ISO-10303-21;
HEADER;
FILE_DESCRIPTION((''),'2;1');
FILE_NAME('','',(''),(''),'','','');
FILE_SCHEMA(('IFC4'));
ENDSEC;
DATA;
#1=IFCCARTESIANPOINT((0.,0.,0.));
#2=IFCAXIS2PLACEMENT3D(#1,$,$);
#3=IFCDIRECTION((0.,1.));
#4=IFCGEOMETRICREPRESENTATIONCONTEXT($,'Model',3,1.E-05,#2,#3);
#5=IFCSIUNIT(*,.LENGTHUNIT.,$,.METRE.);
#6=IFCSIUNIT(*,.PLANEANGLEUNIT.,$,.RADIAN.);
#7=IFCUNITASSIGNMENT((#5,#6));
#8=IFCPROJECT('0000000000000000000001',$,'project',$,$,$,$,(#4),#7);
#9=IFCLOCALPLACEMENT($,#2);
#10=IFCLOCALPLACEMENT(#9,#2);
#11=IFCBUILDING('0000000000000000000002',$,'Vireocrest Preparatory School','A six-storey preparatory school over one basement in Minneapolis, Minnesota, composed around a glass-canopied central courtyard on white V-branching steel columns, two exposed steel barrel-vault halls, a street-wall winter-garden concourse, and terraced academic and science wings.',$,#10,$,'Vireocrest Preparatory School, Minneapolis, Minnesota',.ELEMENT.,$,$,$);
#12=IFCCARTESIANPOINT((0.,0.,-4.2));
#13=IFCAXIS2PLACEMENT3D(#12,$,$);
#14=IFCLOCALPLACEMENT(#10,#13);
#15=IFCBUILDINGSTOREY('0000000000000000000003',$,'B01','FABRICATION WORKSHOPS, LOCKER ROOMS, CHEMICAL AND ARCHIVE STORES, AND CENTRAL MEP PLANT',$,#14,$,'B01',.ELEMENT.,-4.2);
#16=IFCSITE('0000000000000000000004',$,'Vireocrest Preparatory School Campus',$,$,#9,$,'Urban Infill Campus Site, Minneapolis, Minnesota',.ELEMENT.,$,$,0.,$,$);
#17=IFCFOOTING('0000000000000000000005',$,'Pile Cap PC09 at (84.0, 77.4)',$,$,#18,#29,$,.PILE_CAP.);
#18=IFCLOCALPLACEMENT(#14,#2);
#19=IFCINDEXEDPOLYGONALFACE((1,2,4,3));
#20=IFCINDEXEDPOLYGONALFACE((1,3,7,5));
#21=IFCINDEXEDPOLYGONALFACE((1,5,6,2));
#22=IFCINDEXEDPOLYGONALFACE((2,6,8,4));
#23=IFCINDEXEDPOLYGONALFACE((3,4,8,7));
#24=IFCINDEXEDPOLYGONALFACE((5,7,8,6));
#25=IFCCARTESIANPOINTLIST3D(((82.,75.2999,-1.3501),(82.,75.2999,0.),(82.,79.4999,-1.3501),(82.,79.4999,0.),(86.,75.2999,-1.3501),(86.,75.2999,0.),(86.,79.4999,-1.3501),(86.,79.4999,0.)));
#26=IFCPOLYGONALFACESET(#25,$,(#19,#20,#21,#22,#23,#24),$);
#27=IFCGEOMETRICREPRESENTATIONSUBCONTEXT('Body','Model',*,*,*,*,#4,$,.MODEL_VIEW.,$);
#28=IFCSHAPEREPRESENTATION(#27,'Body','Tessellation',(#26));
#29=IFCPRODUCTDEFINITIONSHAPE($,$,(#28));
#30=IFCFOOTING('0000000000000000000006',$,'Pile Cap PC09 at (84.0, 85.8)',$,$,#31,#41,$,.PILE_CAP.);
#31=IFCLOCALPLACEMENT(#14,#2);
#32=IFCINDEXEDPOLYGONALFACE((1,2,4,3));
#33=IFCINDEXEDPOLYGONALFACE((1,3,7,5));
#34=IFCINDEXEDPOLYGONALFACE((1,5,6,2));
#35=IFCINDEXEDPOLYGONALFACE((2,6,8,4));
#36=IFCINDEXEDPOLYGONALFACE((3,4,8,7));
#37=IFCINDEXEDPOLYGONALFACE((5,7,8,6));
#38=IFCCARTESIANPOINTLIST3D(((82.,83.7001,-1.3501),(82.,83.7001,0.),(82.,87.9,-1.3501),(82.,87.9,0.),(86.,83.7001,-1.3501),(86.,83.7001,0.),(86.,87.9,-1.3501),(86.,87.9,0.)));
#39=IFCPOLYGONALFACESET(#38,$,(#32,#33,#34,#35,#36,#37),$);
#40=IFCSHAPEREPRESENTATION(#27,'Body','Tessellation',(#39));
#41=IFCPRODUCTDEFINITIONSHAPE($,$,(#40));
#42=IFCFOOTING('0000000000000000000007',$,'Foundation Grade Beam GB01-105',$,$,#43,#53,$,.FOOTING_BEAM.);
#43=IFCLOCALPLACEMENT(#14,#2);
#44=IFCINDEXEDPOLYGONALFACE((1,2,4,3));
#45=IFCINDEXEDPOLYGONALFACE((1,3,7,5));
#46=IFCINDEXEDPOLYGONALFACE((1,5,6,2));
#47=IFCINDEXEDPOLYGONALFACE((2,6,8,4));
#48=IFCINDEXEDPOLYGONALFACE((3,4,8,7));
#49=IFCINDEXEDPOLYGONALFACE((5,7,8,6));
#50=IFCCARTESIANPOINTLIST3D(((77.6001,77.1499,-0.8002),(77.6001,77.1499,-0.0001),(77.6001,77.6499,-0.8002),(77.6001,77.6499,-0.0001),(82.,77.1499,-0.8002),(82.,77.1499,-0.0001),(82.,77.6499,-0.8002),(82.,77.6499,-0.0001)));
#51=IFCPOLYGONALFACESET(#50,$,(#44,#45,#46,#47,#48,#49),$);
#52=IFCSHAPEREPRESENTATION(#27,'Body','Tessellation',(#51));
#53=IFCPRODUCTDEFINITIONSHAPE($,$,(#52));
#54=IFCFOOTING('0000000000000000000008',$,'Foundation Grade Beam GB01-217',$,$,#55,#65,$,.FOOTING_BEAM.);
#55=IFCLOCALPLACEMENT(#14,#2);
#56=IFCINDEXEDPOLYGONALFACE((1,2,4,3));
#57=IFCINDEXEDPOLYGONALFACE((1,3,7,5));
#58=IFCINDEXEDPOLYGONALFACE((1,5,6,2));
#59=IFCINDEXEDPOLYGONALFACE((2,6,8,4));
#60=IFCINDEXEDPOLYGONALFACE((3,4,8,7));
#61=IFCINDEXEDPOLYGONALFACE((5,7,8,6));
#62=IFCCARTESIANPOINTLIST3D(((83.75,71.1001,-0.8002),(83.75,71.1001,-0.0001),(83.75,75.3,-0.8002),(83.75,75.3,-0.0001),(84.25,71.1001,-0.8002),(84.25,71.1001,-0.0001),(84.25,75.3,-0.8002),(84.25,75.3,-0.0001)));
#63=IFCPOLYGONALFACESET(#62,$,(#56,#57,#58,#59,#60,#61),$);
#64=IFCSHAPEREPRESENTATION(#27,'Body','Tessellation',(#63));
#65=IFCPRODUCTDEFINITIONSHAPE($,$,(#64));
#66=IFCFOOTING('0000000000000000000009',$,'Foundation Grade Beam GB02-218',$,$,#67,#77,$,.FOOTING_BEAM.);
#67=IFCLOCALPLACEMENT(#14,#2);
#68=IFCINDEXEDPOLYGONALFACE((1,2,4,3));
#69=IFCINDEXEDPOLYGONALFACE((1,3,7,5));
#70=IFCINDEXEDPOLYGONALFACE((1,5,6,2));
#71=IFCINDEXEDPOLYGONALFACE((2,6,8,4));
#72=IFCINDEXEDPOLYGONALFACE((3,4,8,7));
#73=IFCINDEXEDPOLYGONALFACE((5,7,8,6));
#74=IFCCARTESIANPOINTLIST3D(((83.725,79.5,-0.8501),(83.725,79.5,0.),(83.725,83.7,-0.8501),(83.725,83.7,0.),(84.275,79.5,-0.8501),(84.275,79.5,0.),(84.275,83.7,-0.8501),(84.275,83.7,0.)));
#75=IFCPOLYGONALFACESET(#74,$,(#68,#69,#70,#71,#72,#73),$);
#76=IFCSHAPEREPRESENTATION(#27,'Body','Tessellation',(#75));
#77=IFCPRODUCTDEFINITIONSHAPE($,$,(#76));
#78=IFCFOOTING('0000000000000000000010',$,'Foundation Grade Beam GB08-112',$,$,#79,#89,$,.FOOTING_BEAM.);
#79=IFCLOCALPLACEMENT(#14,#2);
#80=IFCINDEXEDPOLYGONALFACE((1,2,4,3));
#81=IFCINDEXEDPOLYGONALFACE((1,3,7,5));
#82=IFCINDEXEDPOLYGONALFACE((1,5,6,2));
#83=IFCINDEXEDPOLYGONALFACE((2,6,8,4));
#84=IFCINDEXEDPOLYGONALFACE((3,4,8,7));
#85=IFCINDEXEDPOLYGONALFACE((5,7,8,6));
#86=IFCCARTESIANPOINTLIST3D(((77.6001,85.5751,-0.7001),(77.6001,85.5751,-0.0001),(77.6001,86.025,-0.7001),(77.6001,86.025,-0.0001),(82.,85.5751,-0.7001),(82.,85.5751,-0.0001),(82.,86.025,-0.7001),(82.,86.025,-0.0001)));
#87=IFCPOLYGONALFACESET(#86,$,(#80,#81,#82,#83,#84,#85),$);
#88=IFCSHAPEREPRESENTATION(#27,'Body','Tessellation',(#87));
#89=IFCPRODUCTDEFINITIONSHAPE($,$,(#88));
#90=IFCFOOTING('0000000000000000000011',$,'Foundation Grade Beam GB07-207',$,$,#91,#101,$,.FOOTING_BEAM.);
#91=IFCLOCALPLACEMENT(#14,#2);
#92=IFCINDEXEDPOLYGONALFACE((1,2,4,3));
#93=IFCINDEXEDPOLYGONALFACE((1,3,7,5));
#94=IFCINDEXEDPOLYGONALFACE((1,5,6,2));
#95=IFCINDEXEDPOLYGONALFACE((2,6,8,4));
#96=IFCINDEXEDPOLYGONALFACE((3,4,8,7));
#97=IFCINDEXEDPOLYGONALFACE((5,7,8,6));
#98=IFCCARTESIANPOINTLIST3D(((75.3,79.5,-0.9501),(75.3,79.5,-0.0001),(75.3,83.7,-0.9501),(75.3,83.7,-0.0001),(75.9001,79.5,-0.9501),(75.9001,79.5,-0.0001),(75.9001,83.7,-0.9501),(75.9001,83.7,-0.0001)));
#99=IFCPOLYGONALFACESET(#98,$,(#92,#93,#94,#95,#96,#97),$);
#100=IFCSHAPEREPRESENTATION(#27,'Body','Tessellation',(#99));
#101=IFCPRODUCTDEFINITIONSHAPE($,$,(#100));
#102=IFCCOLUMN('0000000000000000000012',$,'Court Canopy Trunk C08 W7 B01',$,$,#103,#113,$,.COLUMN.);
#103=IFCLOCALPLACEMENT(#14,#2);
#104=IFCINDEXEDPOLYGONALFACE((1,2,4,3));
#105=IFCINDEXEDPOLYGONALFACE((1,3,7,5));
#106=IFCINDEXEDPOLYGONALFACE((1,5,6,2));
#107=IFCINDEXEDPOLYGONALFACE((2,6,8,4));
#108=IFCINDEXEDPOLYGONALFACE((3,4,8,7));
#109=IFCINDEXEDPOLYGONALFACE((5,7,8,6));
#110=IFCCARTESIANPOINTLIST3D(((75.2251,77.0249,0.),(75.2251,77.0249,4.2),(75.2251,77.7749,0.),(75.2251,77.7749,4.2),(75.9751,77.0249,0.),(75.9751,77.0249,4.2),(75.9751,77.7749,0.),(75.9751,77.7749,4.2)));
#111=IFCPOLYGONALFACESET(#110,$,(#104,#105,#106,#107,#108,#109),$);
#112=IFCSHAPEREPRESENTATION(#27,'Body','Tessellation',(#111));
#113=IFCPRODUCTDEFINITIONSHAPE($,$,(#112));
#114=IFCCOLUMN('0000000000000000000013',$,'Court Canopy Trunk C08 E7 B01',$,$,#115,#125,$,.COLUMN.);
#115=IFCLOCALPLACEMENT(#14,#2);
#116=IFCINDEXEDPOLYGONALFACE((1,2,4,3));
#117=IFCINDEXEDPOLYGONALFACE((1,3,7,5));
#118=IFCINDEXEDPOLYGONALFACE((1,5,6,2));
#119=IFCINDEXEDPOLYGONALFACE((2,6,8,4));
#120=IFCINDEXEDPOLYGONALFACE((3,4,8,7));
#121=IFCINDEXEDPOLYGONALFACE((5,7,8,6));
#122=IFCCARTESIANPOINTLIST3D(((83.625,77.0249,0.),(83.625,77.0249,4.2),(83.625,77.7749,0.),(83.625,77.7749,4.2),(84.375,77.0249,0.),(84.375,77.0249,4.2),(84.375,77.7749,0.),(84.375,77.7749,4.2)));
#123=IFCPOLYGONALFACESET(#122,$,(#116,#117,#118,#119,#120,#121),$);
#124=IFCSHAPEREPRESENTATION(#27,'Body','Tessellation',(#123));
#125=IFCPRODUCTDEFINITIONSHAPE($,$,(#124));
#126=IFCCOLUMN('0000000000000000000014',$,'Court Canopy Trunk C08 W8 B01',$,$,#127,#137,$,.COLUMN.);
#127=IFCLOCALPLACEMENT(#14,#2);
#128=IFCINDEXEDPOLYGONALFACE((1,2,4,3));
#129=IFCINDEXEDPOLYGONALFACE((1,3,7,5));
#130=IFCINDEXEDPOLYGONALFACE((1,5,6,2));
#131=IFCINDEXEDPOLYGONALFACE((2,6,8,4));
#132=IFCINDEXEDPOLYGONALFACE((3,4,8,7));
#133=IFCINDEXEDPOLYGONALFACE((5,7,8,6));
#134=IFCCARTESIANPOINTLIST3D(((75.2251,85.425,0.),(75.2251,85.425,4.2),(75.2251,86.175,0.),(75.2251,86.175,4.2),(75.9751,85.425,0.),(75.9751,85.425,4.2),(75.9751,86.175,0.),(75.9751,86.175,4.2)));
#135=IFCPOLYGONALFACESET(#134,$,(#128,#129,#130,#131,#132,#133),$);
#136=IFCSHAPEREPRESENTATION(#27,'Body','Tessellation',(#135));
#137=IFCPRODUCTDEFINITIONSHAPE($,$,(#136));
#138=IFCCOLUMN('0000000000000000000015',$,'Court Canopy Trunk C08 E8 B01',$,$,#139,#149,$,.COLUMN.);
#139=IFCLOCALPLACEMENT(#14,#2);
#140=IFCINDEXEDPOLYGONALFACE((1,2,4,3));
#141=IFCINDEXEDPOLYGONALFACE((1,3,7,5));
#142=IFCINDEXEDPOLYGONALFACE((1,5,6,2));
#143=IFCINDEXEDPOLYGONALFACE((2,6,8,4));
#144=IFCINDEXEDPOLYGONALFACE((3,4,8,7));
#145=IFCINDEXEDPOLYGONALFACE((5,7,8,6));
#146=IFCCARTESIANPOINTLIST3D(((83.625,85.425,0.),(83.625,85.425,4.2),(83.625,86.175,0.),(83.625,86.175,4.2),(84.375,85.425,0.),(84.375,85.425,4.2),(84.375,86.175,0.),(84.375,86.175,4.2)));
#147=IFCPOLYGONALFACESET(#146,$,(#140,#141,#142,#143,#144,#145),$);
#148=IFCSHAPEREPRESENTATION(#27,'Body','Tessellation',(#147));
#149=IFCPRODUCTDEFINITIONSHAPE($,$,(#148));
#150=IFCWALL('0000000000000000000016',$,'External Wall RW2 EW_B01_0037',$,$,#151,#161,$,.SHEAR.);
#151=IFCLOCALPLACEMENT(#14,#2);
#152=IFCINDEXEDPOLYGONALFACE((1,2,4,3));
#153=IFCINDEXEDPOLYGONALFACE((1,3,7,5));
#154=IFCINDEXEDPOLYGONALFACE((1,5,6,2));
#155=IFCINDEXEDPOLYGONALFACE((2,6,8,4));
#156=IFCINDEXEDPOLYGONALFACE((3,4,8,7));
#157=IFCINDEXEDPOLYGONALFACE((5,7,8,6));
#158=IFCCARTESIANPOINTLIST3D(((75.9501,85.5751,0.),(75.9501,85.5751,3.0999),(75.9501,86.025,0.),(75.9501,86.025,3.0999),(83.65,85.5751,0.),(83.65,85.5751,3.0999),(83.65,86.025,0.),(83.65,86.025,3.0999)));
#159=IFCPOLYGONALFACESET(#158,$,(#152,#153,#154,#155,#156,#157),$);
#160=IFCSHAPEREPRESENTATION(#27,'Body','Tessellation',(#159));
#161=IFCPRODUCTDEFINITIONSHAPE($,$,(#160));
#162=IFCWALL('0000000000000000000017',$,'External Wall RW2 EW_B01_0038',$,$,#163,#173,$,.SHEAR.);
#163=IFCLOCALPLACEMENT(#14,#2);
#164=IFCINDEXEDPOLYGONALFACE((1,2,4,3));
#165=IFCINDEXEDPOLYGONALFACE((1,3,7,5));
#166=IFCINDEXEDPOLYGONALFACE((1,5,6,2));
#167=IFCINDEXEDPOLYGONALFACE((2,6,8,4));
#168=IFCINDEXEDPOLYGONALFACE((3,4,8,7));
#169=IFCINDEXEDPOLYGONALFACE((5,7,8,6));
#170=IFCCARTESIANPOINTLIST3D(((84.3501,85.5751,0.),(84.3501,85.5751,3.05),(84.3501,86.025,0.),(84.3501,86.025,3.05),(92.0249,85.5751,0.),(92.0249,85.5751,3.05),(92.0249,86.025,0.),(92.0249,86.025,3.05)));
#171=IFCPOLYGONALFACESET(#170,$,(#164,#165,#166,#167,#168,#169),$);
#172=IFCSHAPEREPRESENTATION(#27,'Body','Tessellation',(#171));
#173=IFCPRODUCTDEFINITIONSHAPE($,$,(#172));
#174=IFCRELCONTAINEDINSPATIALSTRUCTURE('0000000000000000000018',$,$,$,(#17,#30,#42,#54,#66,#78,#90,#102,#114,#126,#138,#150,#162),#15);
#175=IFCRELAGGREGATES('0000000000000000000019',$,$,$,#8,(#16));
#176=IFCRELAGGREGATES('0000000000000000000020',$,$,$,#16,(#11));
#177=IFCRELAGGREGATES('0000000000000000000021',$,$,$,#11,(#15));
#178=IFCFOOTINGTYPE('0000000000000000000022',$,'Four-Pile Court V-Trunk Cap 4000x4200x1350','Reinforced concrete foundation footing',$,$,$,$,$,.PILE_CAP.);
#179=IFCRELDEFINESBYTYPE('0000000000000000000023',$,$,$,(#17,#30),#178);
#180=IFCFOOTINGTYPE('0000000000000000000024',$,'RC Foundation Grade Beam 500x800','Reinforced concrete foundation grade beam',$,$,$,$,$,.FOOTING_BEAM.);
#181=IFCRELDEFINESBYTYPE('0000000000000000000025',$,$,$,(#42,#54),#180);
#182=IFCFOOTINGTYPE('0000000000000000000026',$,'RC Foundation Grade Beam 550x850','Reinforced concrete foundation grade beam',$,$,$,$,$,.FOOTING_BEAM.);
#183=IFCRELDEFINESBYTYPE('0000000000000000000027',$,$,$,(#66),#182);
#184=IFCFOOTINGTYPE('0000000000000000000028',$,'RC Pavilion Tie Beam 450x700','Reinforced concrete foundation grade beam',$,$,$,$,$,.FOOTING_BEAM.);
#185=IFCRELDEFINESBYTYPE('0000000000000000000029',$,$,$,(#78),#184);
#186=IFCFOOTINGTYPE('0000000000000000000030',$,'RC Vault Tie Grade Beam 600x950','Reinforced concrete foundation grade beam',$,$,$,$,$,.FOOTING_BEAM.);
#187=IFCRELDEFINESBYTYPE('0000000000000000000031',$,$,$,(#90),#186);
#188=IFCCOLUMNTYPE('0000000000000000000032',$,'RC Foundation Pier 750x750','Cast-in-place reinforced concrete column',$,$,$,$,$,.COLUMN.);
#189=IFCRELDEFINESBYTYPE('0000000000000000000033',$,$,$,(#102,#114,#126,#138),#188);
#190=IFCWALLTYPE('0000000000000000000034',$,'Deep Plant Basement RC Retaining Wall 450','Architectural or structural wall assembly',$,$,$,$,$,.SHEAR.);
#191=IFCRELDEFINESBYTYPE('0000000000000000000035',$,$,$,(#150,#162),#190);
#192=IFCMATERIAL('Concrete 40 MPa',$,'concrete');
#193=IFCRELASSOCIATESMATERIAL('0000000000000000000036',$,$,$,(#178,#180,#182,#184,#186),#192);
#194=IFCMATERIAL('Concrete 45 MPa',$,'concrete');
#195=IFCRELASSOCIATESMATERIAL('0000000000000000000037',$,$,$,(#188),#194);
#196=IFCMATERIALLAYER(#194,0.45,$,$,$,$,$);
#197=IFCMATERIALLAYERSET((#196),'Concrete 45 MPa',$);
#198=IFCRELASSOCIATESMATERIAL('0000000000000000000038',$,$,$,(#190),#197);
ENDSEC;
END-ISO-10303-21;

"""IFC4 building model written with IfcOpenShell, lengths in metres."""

from ifc_helpers import new_model, si_unit, direction, frame, frame_2d, origin, origin_2d, place, context, subcontext, project, spatial, rectangle, extrude, material, layer, layer_set, material_profile, profile_set, type_object, element, save


model = new_model("IFC4")

# Units and contexts
model_context = context("Model", 3, precision=1e-05, world=origin(), true_north=direction((0.0, 1.0)))
body_context = subcontext(model_context, "Body", "Model", "MODEL_VIEW")
ifc_project = project(units=[si_unit("LENGTHUNIT", "METRE"), si_unit("PLANEANGLEUNIT", "RADIAN")], contexts=[model_context])

# Site, building, storey
site_placement = place(None, origin())
site = spatial("IfcSite", under=ifc_project, at=site_placement, Name="Vireocrest Preparatory School Campus", LongName="Urban Infill Campus Site, Minneapolis, Minnesota", CompositionType="ELEMENT", RefElevation=0.0)
building_placement = place(site_placement, origin())
building = spatial("IfcBuilding", under=site, at=building_placement, Name="Vireocrest Preparatory School", Description="A six-storey preparatory school over one basement in Minneapolis, Minnesota, composed around a glass-canopied central courtyard on white V-branching steel columns, two exposed steel barrel-vault halls, a street-wall winter-garden concourse, and terraced academic and science wings.", LongName="Vireocrest Preparatory School, Minneapolis, Minnesota", CompositionType="ELEMENT")
storey_placement = place(building_placement, frame((0.0, 0.0, -4.2)))
storey = spatial("IfcBuildingStorey", under=building, at=storey_placement, Name="B01", Description="FABRICATION WORKSHOPS, LOCKER ROOMS, CHEMICAL AND ARCHIVE STORES, AND CENTRAL MEP PLANT", LongName="B01", CompositionType="ELEMENT", Elevation=-4.2)

# Shared definitions
ifc_material_1 = material(Name="Concrete 40 MPa", Category="concrete")

# Footings
footing_type_1 = type_object("IfcFootingType", Name="Four-Pile Court V-Trunk Cap 4000x4200x1350", Description="Reinforced concrete foundation footing", PredefinedType="PILE_CAP", material=ifc_material_1)
for number, where, z_axis, x_axis, name in (
    (1, (84.0, 77.3999, -1.3501), (0.0, 0.0, 1.0), (1.0, 0.0, 0.0), "Pile Cap PC09 at (84.0, 77.4)"),
    (2, (84.0, 85.8, -1.3501), (0.0, 0.0, 1.0), (1.0, 0.0, 0.0), "Pile Cap PC09 at (84.0, 85.8)"),
):
    element("IfcFooting", number, at=place(storey_placement, frame(where, z_axis=z_axis, x_axis=x_axis)), inside=storey, type_object=footing_type_1, Name=name, PredefinedType="PILE_CAP", context=body_context, shape_type="SweptSolid", body=[
        extrude(rectangle(XDim=4.0, YDim=4.2, at=origin_2d()), origin(), (0.0, 0.0, 1.0), 1.3501),
    ])
ifc_material_profile_1 = material_profile(ifc_material_1, rectangle(XDim=0.5, YDim=0.8, at=origin_2d()), Name="GB 500x800")
ifc_profile_set_1 = profile_set([ifc_material_profile_1], Name="Concrete 40 MPa")
footing_type_2 = type_object("IfcFootingType", Name="RC Foundation Grade Beam 500x800", Description="Reinforced concrete foundation grade beam", PredefinedType="FOOTING_BEAM", material=ifc_profile_set_1)
footing_1_placement = place(storey_placement, frame((77.6001, 77.3999, -0.4001), z_axis=(1.0, 0.0, 0.0), x_axis=(0.0, 1.0, 0.0)))
element("IfcFooting", 3, at=footing_1_placement, inside=storey, type_object=footing_type_2, Name="Foundation Grade Beam GB01-105", PredefinedType="FOOTING_BEAM", context=body_context, shape_type="SweptSolid", body=[
    extrude(rectangle(XDim=0.5, YDim=0.8, at=origin_2d()), origin(), (0.0, 0.0, 1.0), 4.3999),
])
footing_2_placement = place(storey_placement, frame((84.0, 71.1001, -0.4001), z_axis=(0.0, 1.0, 0.0), x_axis=(-1.0, 0.0, 0.0)))
element("IfcFooting", 4, at=footing_2_placement, inside=storey, type_object=footing_type_2, Name="Foundation Grade Beam GB01-217", PredefinedType="FOOTING_BEAM", context=body_context, shape_type="SweptSolid", body=[
    extrude(rectangle(XDim=0.5, YDim=0.8, at=origin_2d()), origin(), (0.0, 0.0, 1.0), 4.2),
])
ifc_material_profile_2 = material_profile(ifc_material_1, rectangle(XDim=0.55, YDim=0.8501, at=origin_2d()), Name="GB 550x850")
ifc_profile_set_2 = profile_set([ifc_material_profile_2], Name="Concrete 40 MPa")
footing_type_3 = type_object("IfcFootingType", Name="RC Foundation Grade Beam 550x850", Description="Reinforced concrete foundation grade beam", PredefinedType="FOOTING_BEAM", material=ifc_profile_set_2)
footing_3_placement = place(storey_placement, frame((84.0, 79.5, -0.425), z_axis=(0.0, 1.0, 0.0), x_axis=(-1.0, 0.0, 0.0)))
element("IfcFooting", 5, at=footing_3_placement, inside=storey, type_object=footing_type_3, Name="Foundation Grade Beam GB02-218", PredefinedType="FOOTING_BEAM", context=body_context, shape_type="SweptSolid", body=[
    extrude(rectangle(XDim=0.55, YDim=0.8501, at=origin_2d()), origin(), (0.0, 0.0, 1.0), 4.2),
])
ifc_material_profile_3 = material_profile(ifc_material_1, rectangle(XDim=0.45, YDim=0.7, at=origin_2d()), Name="GB 450x700")
ifc_profile_set_3 = profile_set([ifc_material_profile_3], Name="Concrete 40 MPa")
footing_type_4 = type_object("IfcFootingType", Name="RC Pavilion Tie Beam 450x700", Description="Reinforced concrete foundation grade beam", PredefinedType="FOOTING_BEAM", material=ifc_profile_set_3)
footing_4_placement = place(storey_placement, frame((77.6001, 85.8, -0.3501), z_axis=(1.0, 0.0, 0.0), x_axis=(0.0, 1.0, 0.0)))
element("IfcFooting", 6, at=footing_4_placement, inside=storey, type_object=footing_type_4, Name="Foundation Grade Beam GB08-112", PredefinedType="FOOTING_BEAM", context=body_context, shape_type="SweptSolid", body=[
    extrude(rectangle(XDim=0.45, YDim=0.7, at=origin_2d()), origin(), (0.0, 0.0, 1.0), 4.3999),
])
ifc_material_profile_4 = material_profile(ifc_material_1, rectangle(XDim=0.6001, YDim=0.95, at=origin_2d()), Name="GB 600x950")
ifc_profile_set_4 = profile_set([ifc_material_profile_4], Name="Concrete 40 MPa")
footing_type_5 = type_object("IfcFootingType", Name="RC Vault Tie Grade Beam 600x950", Description="Reinforced concrete foundation grade beam", PredefinedType="FOOTING_BEAM", material=ifc_profile_set_4)
footing_5_placement = place(storey_placement, frame((75.6001, 79.5, -0.4751), z_axis=(0.0, 1.0, 0.0), x_axis=(-1.0, 0.0, 0.0)))
element("IfcFooting", 7, at=footing_5_placement, inside=storey, type_object=footing_type_5, Name="Foundation Grade Beam GB07-207", PredefinedType="FOOTING_BEAM", context=body_context, shape_type="SweptSolid", body=[
    extrude(rectangle(XDim=0.6001, YDim=0.95, at=origin_2d()), origin(), (0.0, 0.0, 1.0), 4.2),
])

# Columns
ifc_material_2 = material(Name="Concrete 45 MPa", Category="concrete")
ifc_material_profile_5 = material_profile(ifc_material_2, rectangle(XDim=0.75, YDim=0.75, at=origin_2d()), Name="RC 750x750")
ifc_profile_set_5 = profile_set([ifc_material_profile_5], Name="Concrete 45 MPa")
column_type = type_object("IfcColumnType", Name="RC Foundation Pier 750x750", Description="Cast-in-place reinforced concrete column", PredefinedType="COLUMN", material=ifc_profile_set_5)
for number, where, z_axis, x_axis, name in (
    (8, (75.6001, 77.3999, 0.0), (0.0, 0.0, 1.0), (1.0, 0.0, 0.0), "Court Canopy Trunk C08 W7 B01"),
    (9, (84.0, 77.3999, 0.0), (0.0, 0.0, 1.0), (1.0, 0.0, 0.0), "Court Canopy Trunk C08 E7 B01"),
    (10, (75.6001, 85.8, 0.0), (0.0, 0.0, 1.0), (1.0, 0.0, 0.0), "Court Canopy Trunk C08 W8 B01"),
    (11, (84.0, 85.8, 0.0), (0.0, 0.0, 1.0), (1.0, 0.0, 0.0), "Court Canopy Trunk C08 E8 B01"),
):
    element("IfcColumn", number, at=place(storey_placement, frame(where, z_axis=z_axis, x_axis=x_axis)), inside=storey, type_object=column_type, Name=name, PredefinedType="COLUMN", context=body_context, shape_type="SweptSolid", body=[
        extrude(rectangle(XDim=0.75, YDim=0.75, at=origin_2d()), origin(), (0.0, 0.0, 1.0), 4.2),
    ])

# Walls
ifc_layer = layer(ifc_material_2, 0.45)
ifc_layer_set = layer_set([ifc_layer], Name="Concrete 45 MPa")
wall_type = type_object("IfcWallType", Name="Deep Plant Basement RC Retaining Wall 450", Description="Architectural or structural wall assembly", PredefinedType="SHEAR", material=ifc_layer_set)
wall_1_placement = place(storey_placement, frame((75.95, 85.8, 0.0), z_axis=(0.0, 0.0, 1.0), x_axis=(1.0, 0.0, 0.0)))
element("IfcWall", 12, at=wall_1_placement, inside=storey, type_object=wall_type, Name="External Wall RW2 EW_B01_0037", PredefinedType="SHEAR", context=body_context, shape_type="SweptSolid", body=[
    extrude(rectangle(XDim=7.7, YDim=0.45, at=frame_2d((3.8501, 0.0))), origin(), (0.0, 0.0, 1.0), 3.0999),
])
wall_2_placement = place(storey_placement, frame((84.3501, 85.8, 0.0), z_axis=(0.0, 0.0, 1.0), x_axis=(1.0, 0.0, 0.0)))
element("IfcWall", 13, at=wall_2_placement, inside=storey, type_object=wall_type, Name="External Wall RW2 EW_B01_0038", PredefinedType="SHEAR", context=body_context, shape_type="SweptSolid", body=[
    extrude(rectangle(XDim=7.6748, YDim=0.45, at=frame_2d((3.8374, 0.0))), origin(), (0.0, 0.0, 1.0), 3.05),
])

save(model, "model.ifc")
